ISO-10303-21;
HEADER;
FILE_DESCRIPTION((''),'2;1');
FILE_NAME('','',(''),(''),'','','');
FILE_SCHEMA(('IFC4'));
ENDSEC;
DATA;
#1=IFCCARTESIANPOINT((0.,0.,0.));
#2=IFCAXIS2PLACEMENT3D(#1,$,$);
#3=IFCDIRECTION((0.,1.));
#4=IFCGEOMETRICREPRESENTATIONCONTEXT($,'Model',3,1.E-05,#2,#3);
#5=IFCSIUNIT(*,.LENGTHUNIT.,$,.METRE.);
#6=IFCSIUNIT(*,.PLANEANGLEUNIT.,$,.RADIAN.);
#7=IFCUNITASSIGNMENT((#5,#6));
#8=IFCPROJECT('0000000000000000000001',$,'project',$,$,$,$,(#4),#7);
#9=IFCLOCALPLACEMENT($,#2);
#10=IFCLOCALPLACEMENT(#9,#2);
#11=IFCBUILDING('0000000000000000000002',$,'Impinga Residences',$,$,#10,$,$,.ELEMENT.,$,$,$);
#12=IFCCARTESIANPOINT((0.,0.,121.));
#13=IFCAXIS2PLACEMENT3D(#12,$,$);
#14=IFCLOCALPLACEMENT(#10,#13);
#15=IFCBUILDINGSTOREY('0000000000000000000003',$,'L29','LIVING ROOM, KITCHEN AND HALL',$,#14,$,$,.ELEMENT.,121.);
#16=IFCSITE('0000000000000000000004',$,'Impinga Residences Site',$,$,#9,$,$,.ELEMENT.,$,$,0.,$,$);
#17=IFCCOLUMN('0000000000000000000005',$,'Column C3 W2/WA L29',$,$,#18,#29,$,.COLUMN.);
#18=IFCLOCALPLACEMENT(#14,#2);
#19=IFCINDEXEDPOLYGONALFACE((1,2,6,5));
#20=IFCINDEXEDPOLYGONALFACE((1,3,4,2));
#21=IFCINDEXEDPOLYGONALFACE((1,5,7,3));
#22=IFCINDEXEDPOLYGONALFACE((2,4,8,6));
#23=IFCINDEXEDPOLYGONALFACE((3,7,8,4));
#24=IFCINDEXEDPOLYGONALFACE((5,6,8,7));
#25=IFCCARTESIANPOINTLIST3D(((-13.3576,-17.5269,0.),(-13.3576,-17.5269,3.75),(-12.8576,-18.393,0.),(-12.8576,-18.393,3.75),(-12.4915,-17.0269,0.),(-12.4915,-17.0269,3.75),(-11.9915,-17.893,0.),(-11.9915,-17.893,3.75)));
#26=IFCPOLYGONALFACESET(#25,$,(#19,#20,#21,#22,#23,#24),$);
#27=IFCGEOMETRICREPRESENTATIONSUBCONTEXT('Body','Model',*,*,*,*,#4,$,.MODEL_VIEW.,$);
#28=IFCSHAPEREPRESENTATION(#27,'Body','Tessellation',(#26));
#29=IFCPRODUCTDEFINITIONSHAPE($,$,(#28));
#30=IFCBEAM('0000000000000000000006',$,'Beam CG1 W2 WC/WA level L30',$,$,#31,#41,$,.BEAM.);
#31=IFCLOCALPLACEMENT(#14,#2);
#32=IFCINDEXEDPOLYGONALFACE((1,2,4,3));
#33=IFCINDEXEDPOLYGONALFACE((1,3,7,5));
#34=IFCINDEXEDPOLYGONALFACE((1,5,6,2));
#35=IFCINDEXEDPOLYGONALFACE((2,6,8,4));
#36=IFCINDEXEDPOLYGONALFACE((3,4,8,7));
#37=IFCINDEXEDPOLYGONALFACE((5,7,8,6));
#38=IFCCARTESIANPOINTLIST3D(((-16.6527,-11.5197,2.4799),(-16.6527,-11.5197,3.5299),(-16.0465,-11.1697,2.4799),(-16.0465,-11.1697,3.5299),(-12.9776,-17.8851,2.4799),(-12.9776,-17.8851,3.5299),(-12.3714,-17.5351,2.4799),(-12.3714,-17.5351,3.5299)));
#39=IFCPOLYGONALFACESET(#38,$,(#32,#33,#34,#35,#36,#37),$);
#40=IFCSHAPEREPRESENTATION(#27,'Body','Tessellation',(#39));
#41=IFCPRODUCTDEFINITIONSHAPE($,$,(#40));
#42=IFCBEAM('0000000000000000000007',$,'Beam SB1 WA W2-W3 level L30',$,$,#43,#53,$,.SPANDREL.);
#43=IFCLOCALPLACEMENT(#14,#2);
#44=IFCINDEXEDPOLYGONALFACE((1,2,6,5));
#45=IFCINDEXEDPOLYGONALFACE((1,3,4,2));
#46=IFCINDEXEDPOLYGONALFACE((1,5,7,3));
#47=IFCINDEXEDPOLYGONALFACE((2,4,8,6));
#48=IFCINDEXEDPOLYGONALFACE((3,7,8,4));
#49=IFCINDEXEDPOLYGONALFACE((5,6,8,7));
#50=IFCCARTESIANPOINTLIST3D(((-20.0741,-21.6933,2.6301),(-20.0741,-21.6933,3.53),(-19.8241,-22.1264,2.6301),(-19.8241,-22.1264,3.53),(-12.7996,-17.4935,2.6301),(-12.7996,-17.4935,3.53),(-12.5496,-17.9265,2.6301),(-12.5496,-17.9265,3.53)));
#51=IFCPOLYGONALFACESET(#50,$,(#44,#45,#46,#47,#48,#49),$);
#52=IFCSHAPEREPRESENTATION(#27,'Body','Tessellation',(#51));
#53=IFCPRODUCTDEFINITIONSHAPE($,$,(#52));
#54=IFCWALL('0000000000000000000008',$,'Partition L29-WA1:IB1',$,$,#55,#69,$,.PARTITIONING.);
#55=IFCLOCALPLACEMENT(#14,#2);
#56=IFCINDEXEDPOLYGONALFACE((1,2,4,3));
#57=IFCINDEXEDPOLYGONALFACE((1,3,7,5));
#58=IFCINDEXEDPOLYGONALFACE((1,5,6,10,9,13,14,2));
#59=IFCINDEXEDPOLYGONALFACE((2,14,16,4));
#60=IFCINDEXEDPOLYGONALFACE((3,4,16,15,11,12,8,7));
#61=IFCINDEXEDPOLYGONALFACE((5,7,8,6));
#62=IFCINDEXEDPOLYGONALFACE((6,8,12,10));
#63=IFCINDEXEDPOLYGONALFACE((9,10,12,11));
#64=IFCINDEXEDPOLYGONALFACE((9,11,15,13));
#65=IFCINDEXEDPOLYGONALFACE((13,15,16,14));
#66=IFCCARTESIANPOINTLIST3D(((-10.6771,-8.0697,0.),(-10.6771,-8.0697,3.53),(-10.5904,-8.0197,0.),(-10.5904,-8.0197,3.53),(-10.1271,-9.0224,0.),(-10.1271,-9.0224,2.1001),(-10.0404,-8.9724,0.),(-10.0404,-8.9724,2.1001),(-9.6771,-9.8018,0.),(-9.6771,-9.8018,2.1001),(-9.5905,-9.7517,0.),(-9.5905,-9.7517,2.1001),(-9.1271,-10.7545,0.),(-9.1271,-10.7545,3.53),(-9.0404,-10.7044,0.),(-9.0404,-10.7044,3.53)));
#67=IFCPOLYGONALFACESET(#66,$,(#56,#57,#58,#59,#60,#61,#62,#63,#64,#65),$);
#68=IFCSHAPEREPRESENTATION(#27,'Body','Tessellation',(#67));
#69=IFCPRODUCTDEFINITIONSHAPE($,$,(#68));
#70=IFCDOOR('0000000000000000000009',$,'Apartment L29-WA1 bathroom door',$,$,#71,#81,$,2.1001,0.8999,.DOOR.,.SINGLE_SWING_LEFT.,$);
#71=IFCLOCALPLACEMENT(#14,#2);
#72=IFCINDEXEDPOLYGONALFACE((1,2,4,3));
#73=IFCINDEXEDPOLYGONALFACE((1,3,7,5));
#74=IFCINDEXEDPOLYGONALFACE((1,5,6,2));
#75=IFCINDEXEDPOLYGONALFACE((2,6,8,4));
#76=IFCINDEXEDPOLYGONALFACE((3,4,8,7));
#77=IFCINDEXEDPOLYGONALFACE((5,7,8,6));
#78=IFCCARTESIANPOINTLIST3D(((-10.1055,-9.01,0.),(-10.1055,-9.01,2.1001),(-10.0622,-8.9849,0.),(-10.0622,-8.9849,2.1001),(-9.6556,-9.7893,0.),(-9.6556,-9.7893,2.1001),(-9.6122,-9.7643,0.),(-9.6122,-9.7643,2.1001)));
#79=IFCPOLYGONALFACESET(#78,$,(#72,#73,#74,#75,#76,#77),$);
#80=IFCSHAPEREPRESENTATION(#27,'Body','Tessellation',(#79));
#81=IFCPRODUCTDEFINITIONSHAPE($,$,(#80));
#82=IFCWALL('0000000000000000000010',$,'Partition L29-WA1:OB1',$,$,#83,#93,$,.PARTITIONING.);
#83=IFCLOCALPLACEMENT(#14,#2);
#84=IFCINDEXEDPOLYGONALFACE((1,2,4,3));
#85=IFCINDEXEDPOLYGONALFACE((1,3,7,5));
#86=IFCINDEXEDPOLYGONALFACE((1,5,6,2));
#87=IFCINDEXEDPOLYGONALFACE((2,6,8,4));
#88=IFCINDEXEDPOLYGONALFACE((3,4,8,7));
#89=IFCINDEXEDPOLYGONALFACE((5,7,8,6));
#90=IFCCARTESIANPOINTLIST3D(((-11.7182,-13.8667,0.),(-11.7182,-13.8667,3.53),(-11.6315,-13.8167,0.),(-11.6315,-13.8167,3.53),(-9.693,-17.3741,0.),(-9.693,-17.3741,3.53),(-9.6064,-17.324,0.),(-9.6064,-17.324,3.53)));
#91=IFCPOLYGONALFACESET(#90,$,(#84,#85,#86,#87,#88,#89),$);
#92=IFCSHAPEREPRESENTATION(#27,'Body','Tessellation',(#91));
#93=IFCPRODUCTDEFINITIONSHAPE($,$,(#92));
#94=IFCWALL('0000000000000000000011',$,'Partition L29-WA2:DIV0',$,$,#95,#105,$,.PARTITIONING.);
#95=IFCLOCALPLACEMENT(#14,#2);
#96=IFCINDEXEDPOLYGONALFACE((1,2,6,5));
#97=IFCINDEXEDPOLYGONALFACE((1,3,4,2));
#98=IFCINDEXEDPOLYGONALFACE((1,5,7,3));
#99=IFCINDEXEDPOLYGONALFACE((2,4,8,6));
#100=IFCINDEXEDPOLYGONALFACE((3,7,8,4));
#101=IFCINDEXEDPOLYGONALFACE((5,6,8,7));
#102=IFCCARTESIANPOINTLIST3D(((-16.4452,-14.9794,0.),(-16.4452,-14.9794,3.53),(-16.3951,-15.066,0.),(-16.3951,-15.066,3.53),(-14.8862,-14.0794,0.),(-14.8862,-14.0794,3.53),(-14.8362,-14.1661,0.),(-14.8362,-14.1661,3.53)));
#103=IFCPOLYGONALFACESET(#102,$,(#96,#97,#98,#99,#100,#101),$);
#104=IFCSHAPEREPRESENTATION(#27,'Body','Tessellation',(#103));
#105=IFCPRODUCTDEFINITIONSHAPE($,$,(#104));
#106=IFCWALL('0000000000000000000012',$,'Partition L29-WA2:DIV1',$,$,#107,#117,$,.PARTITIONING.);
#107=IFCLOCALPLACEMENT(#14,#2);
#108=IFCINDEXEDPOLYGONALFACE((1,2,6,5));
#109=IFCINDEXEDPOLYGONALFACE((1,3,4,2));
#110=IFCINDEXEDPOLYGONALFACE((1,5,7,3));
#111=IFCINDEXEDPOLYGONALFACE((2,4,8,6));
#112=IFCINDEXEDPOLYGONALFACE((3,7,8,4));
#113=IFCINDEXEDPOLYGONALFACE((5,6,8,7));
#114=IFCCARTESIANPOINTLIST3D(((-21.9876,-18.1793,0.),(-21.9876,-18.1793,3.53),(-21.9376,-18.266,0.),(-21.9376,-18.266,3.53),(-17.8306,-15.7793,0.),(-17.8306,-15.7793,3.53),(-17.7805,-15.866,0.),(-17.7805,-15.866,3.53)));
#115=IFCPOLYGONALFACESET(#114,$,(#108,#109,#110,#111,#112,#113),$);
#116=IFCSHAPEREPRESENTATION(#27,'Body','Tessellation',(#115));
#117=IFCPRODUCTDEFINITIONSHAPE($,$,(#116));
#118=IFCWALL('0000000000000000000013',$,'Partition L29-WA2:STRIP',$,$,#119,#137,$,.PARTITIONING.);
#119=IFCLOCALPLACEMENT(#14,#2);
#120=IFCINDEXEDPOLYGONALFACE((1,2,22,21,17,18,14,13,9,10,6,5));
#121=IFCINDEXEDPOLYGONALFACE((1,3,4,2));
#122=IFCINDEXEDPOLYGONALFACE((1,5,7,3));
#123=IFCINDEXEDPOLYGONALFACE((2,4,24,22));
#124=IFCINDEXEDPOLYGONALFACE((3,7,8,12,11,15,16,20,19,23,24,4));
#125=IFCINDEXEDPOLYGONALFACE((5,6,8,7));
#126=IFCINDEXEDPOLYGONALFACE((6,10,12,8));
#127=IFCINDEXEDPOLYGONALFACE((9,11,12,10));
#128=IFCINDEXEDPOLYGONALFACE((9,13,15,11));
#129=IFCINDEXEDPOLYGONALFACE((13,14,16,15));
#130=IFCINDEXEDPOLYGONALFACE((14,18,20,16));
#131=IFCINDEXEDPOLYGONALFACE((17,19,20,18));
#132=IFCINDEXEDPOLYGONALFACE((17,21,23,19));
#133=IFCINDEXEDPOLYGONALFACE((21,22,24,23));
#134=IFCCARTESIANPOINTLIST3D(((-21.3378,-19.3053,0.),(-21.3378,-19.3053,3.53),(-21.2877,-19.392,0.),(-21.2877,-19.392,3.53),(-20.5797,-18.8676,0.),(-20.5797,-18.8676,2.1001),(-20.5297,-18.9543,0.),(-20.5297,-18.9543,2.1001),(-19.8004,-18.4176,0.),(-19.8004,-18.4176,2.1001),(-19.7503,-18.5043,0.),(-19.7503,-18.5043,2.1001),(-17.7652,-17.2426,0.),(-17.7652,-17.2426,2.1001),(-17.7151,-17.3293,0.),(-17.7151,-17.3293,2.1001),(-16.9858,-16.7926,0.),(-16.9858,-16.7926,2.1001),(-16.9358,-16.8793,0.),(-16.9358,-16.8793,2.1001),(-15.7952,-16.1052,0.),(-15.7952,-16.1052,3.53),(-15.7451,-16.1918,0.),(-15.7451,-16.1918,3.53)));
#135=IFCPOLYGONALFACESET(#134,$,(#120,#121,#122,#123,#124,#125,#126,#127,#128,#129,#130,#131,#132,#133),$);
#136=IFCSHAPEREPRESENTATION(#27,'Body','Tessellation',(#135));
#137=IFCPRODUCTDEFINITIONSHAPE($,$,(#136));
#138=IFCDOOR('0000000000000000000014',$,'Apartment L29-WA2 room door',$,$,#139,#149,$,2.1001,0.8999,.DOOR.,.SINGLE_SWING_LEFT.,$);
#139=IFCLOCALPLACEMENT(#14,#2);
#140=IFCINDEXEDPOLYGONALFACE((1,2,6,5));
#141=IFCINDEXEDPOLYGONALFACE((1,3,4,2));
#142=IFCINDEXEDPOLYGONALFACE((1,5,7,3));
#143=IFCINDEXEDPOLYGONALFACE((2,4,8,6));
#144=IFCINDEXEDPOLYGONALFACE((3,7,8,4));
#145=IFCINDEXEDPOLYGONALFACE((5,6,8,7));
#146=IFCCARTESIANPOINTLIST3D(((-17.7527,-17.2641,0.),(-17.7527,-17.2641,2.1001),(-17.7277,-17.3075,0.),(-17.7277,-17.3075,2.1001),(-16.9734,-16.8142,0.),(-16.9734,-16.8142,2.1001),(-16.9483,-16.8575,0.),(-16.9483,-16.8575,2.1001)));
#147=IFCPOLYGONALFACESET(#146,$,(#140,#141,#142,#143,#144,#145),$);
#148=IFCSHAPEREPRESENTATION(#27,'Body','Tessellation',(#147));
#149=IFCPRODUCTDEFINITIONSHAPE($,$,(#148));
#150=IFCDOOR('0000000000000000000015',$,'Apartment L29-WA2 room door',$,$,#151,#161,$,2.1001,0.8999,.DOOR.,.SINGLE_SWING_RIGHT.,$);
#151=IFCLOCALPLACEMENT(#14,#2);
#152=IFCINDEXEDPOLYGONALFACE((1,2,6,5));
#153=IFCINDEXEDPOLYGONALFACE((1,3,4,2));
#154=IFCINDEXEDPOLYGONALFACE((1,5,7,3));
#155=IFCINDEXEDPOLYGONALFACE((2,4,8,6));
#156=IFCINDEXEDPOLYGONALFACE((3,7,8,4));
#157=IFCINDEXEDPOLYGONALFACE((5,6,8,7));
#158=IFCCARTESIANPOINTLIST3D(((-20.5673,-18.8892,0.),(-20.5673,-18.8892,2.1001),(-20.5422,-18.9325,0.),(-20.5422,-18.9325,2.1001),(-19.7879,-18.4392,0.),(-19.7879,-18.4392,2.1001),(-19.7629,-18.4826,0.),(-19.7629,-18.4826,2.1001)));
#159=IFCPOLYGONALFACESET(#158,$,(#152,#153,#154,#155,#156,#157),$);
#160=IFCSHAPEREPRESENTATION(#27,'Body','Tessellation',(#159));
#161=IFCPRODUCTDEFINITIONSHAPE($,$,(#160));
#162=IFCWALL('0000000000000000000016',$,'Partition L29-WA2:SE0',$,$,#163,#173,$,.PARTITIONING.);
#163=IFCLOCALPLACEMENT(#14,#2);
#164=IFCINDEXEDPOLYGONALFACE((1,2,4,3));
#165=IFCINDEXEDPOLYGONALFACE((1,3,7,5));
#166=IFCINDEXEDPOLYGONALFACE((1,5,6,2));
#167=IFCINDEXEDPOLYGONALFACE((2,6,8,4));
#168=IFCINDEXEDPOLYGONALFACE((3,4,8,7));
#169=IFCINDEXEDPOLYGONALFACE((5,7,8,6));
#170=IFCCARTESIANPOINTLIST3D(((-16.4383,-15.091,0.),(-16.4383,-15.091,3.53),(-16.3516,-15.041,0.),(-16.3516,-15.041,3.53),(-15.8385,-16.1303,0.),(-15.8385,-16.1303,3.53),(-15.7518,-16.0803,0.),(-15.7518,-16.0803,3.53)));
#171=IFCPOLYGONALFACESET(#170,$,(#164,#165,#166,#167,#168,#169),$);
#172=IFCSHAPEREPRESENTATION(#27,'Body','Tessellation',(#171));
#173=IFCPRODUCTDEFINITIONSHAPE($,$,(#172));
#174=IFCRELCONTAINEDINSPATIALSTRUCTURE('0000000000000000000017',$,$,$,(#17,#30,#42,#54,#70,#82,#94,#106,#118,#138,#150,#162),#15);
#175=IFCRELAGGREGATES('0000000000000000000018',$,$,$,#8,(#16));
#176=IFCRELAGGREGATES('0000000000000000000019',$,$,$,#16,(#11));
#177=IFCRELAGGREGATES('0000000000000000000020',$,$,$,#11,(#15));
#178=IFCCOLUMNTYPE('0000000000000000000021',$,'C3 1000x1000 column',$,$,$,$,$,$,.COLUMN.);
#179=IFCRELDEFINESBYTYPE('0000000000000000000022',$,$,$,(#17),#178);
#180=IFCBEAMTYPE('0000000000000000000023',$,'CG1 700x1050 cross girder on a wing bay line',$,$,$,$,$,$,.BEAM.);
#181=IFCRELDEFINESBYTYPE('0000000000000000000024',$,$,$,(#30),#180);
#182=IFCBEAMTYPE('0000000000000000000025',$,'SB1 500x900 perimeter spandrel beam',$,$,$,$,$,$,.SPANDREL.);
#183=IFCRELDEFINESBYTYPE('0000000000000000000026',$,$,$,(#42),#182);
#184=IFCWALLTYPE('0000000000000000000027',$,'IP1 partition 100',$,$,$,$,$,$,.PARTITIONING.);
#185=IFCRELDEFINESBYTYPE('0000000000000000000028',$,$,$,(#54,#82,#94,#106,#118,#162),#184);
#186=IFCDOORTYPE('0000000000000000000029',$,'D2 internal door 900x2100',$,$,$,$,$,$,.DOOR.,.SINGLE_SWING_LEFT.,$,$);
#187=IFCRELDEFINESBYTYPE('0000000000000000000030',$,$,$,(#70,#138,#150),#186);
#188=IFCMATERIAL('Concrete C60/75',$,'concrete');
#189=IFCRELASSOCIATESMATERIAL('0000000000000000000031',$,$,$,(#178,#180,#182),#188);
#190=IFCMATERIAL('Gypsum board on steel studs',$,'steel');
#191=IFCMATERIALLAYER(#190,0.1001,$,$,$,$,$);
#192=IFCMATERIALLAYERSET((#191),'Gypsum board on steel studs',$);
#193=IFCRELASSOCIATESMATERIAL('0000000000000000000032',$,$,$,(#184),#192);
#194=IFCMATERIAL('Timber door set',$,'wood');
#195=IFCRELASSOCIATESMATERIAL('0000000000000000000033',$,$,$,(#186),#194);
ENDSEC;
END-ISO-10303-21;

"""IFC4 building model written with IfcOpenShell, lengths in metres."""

from ifc_helpers import new_model, si_unit, direction, frame, frame_2d, origin, origin_2d, place, context, subcontext, project, spatial, rectangle, extrude, material, layer, layer_set, material_profile, profile_set, type_object, element, fill, save


model = new_model("IFC4")

# Units and contexts
model_context = context("Model", 3, precision=1e-05, world=origin(), true_north=direction((0.0, 1.0)))
body_context = subcontext(model_context, "Body", "Model", "MODEL_VIEW")
ifc_project = project(units=[si_unit("LENGTHUNIT", "METRE"), si_unit("PLANEANGLEUNIT", "RADIAN")], contexts=[model_context])

# Site, building, storey
site_placement = place(None, origin())
site = spatial("IfcSite", under=ifc_project, at=site_placement, Name="Impinga Residences Site", CompositionType="ELEMENT", RefElevation=0.0)
building_placement = place(site_placement, origin())
building = spatial("IfcBuilding", under=site, at=building_placement, Name="Impinga Residences", CompositionType="ELEMENT")
storey_placement = place(building_placement, frame((0.0, 0.0, 121.0)))
storey = spatial("IfcBuildingStorey", under=building, at=storey_placement, Name="L29", Description="LIVING ROOM, KITCHEN AND HALL", CompositionType="ELEMENT", Elevation=121.0)

# Column
ifc_material_1 = material(Name="Concrete C60/75", Category="concrete")
ifc_material_profile_1 = material_profile(ifc_material_1, rectangle(XDim=1.0, YDim=1.0, at=origin_2d()), Name="RC 1000x1000")
ifc_profile_set_1 = profile_set([ifc_material_profile_1], Name="Concrete C60/75")
column_type = type_object("IfcColumnType", Name="C3 1000x1000 column", PredefinedType="COLUMN", material=ifc_profile_set_1)
column_placement = place(storey_placement, frame((-12.6746, -17.71, 0.0), z_axis=(0.0, 0.0, 1.0), x_axis=(-0.5, 0.866025, 0.0)))
element("IfcColumn", 1, at=column_placement, inside=storey, type_object=column_type, Name="Column C3 W2/WA L29", PredefinedType="COLUMN", context=body_context, shape_type="SweptSolid", body=[
    extrude(rectangle(XDim=1.0, YDim=1.0, at=origin_2d()), origin(), (0.0, 0.0, 1.0), 3.75),
])

# Beams
ifc_material_profile_2 = material_profile(ifc_material_1, rectangle(XDim=0.7, YDim=1.05, at=origin_2d()), Name="RC 700x1050")
ifc_profile_set_2 = profile_set([ifc_material_profile_2], Name="Concrete C60/75")
beam_type_1 = type_object("IfcBeamType", Name="CG1 700x1050 cross girder on a wing bay line", PredefinedType="BEAM", material=ifc_profile_set_2)
beam_1_placement = place(storey_placement, frame((-16.3496, -11.3447, 3.0049), z_axis=(0.500008, -0.866021, 0.0), x_axis=(0.866021, 0.500008, 0.0)))
element("IfcBeam", 2, at=beam_1_placement, inside=storey, type_object=beam_type_1, Name="Beam CG1 W2 WC/WA level L30", PredefinedType="BEAM", context=body_context, shape_type="SweptSolid", body=[
    extrude(rectangle(XDim=0.7, YDim=1.05, at=origin_2d()), origin(), (0.0, 0.0, 1.0), 7.3501),
])
ifc_material_profile_3 = material_profile(ifc_material_1, rectangle(XDim=0.5, YDim=0.8999, at=origin_2d()), Name="RC 500x900")
ifc_profile_set_3 = profile_set([ifc_material_profile_3], Name="Concrete C60/75")
beam_type_2 = type_object("IfcBeamType", Name="SB1 500x900 perimeter spandrel beam", PredefinedType="SPANDREL", material=ifc_profile_set_3)
beam_2_placement = place(storey_placement, frame((-12.6746, -17.71, 3.0801), z_axis=(-0.866029, -0.499993, 0.0), x_axis=(0.499993, -0.866029, 0.0)))
element("IfcBeam", 3, at=beam_2_placement, inside=storey, type_object=beam_type_2, Name="Beam SB1 WA W2-W3 level L30", PredefinedType="SPANDREL", context=body_context, shape_type="SweptSolid", body=[
    extrude(rectangle(XDim=0.5, YDim=0.8999, at=origin_2d()), origin(), (0.0, 0.0, 1.0), 8.3999),
])

# Wall, opening, door
ifc_material_2 = material(Name="Gypsum board on steel studs", Category="steel")
ifc_layer_1 = layer(ifc_material_2, 0.1001)
ifc_layer_set_1 = layer_set([ifc_layer_1], Name="Gypsum board on steel studs")
wall_type_1 = type_object("IfcWallType", Name="IP1 partition 100", PredefinedType="PARTITIONING", material=ifc_layer_set_1)
wall_1_placement = place(storey_placement, frame((-10.6338, -8.0447, 0.0), z_axis=(0.0, 0.0, 1.0), x_axis=(0.499993, -0.86603, 0.0)))
wall_1 = element("IfcWall", 4, at=wall_1_placement, inside=storey, type_object=wall_type_1, Name="Partition L29-WA1:IB1", PredefinedType="PARTITIONING", context=body_context, shape_type="SweptSolid", body=[
    extrude(rectangle(XDim=3.1001, YDim=0.1001, at=frame_2d((1.55, 0.0))), origin(), (0.0, 0.0, 1.0), 3.53),
])
opening_1_placement = place(wall_1_placement, frame((1.1001, 0.0, 0.0)))
opening_1 = element("IfcOpeningElement", 5, at=opening_1_placement, cuts=wall_1, PredefinedType="OPENING", context=body_context, shape_type="SweptSolid", body=[
    extrude(rectangle(XDim=0.8999, YDim=2.1001, at=frame_2d((0.45, 1.05))), frame((0.0, 0.0601, 0.0), z_axis=(0.0, -1.0, 0.0), x_axis=(1.0, 0.0, 0.0)), (0.0, 0.0, 1.0), 0.1201),
])
ifc_material_3 = material(Name="Timber door set", Category="wood")
door_type = type_object("IfcDoorType", Name="D2 internal door 900x2100", OperationType="SINGLE_SWING_LEFT", PredefinedType="DOOR", material=ifc_material_3)
door_1_placement = place(opening_1_placement, origin())
door_1 = element("IfcDoor", 6, at=door_1_placement, inside=storey, type_object=door_type, Name="Apartment L29-WA1 bathroom door", OperationType="SINGLE_SWING_LEFT", OverallHeight=2.1001, OverallWidth=0.8999, PredefinedType="DOOR", context=body_context, shape_type="SweptSolid", body=[
    extrude(rectangle(XDim=0.8999, YDim=2.1001, at=frame_2d((0.45, 1.05))), frame((0.0, 0.0249, 0.0), z_axis=(0.0, -1.0, 0.0), x_axis=(1.0, 0.0, 0.0)), (0.0, 0.0, 1.0), 0.05),
])
fill(opening_1, door_1)

# Walls
wall_2_placement = place(storey_placement, frame((-11.6748, -13.8418, 0.0), z_axis=(0.0, 0.0, 1.0), x_axis=(0.500036, -0.866005, 0.0)))
element("IfcWall", 7, at=wall_2_placement, inside=storey, type_object=wall_type_1, Name="Partition L29-WA1:OB1", PredefinedType="PARTITIONING", context=body_context, shape_type="SweptSolid", body=[
    extrude(rectangle(XDim=4.05, YDim=0.1001, at=frame_2d((2.0249, 0.0))), origin(), (0.0, 0.0, 1.0), 3.53),
])
wall_3_placement = place(storey_placement, frame((-14.8613, -14.1228, 0.0), z_axis=(0.0, 0.0, 1.0), x_axis=(-0.866048, -0.499961, 0.0)))
element("IfcWall", 8, at=wall_3_placement, inside=storey, type_object=wall_type_1, Name="Partition L29-WA2:DIV0", PredefinedType="PARTITIONING", context=body_context, shape_type="SweptSolid", body=[
    extrude(rectangle(XDim=1.8, YDim=0.1001, at=frame_2d((0.8999, 0.0))), origin(), (0.0, 0.0, 1.0), 3.53),
])
wall_4_placement = place(storey_placement, frame((-17.8057, -15.8228, 0.0), z_axis=(0.0, 0.0, 1.0), x_axis=(-0.866037, -0.499979, 0.0)))
element("IfcWall", 9, at=wall_4_placement, inside=storey, type_object=wall_type_1, Name="Partition L29-WA2:DIV1", PredefinedType="PARTITIONING", context=body_context, shape_type="SweptSolid", body=[
    extrude(rectangle(XDim=4.8, YDim=0.1001, at=frame_2d((2.3999, 0.0))), origin(), (0.0, 0.0, 1.0), 3.53),
])

# Wall, openings, doors
wall_5_placement = place(storey_placement, frame((-15.77, -16.1484, 0.0), z_axis=(0.0, 0.0, 1.0), x_axis=(-0.866019, -0.500012, 0.0)))
wall_5 = element("IfcWall", 10, at=wall_5_placement, inside=storey, type_object=wall_type_1, Name="Partition L29-WA2:STRIP", PredefinedType="PARTITIONING", context=body_context, shape_type="SweptSolid", body=[
    extrude(rectangle(XDim=6.4001, YDim=0.1001, at=frame_2d((3.2002, 0.0))), origin(), (0.0, 0.0, 1.0), 3.53),
])
opening_2_placement = place(wall_5_placement, frame((1.375, 0.0, 0.0)))
opening_2 = element("IfcOpeningElement", 11, at=opening_2_placement, cuts=wall_5, PredefinedType="OPENING", context=body_context, shape_type="SweptSolid", body=[
    extrude(rectangle(XDim=0.8999, YDim=2.1001, at=frame_2d((0.45, 1.05))), frame((0.0, 0.0601, 0.0), z_axis=(0.0, -1.0, 0.0), x_axis=(1.0, 0.0, 0.0)), (0.0, 0.0, 1.0), 0.1201),
])
opening_3_placement = place(wall_5_placement, frame((4.625, 0.0, 0.0)))
opening_3 = element("IfcOpeningElement", 12, at=opening_3_placement, cuts=wall_5, PredefinedType="OPENING", context=body_context, shape_type="SweptSolid", body=[
    extrude(rectangle(XDim=0.8999, YDim=2.1001, at=frame_2d((0.45, 1.05))), frame((0.0, 0.0601, 0.0), z_axis=(0.0, -1.0, 0.0), x_axis=(1.0, 0.0, 0.0)), (0.0, 0.0, 1.0), 0.1201),
])
door_2_placement = place(opening_2_placement, origin())
door_2 = element("IfcDoor", 13, at=door_2_placement, inside=storey, type_object=door_type, Name="Apartment L29-WA2 room door", OperationType="SINGLE_SWING_LEFT", OverallHeight=2.1001, OverallWidth=0.8999, PredefinedType="DOOR", context=body_context, shape_type="SweptSolid", body=[
    extrude(rectangle(XDim=0.8999, YDim=2.1001, at=frame_2d((0.45, 1.05))), frame((0.0, 0.0249, 0.0), z_axis=(0.0, -1.0, 0.0), x_axis=(1.0, 0.0, 0.0)), (0.0, 0.0, 1.0), 0.05),
])
fill(opening_2, door_2)
door_3_placement = place(opening_3_placement, origin())
door_3 = element("IfcDoor", 14, at=door_3_placement, inside=storey, type_object=door_type, Name="Apartment L29-WA2 room door", OperationType="SINGLE_SWING_RIGHT", OverallHeight=2.1001, OverallWidth=0.8999, PredefinedType="DOOR", context=body_context, shape_type="SweptSolid", body=[
    extrude(rectangle(XDim=0.8999, YDim=2.1001, at=frame_2d((0.45, 1.05))), frame((0.0, 0.0249, 0.0), z_axis=(0.0, -1.0, 0.0), x_axis=(1.0, 0.0, 0.0)), (0.0, 0.0, 1.0), 0.05),
])
fill(opening_3, door_3)

# Wall
wall_6_placement = place(storey_placement, frame((-16.395, -15.0659, 0.0), z_axis=(0.0, 0.0, 1.0), x_axis=(0.499881, -0.866094, 0.0)))
element("IfcWall", 15, at=wall_6_placement, inside=storey, type_object=wall_type_1, Name="Partition L29-WA2:SE0", PredefinedType="PARTITIONING", context=body_context, shape_type="SweptSolid", body=[
    extrude(rectangle(XDim=1.2, YDim=0.1001, at=frame_2d((0.6001, 0.0))), origin(), (0.0, 0.0, 1.0), 3.53),
])

save(model, "model.ifc")
